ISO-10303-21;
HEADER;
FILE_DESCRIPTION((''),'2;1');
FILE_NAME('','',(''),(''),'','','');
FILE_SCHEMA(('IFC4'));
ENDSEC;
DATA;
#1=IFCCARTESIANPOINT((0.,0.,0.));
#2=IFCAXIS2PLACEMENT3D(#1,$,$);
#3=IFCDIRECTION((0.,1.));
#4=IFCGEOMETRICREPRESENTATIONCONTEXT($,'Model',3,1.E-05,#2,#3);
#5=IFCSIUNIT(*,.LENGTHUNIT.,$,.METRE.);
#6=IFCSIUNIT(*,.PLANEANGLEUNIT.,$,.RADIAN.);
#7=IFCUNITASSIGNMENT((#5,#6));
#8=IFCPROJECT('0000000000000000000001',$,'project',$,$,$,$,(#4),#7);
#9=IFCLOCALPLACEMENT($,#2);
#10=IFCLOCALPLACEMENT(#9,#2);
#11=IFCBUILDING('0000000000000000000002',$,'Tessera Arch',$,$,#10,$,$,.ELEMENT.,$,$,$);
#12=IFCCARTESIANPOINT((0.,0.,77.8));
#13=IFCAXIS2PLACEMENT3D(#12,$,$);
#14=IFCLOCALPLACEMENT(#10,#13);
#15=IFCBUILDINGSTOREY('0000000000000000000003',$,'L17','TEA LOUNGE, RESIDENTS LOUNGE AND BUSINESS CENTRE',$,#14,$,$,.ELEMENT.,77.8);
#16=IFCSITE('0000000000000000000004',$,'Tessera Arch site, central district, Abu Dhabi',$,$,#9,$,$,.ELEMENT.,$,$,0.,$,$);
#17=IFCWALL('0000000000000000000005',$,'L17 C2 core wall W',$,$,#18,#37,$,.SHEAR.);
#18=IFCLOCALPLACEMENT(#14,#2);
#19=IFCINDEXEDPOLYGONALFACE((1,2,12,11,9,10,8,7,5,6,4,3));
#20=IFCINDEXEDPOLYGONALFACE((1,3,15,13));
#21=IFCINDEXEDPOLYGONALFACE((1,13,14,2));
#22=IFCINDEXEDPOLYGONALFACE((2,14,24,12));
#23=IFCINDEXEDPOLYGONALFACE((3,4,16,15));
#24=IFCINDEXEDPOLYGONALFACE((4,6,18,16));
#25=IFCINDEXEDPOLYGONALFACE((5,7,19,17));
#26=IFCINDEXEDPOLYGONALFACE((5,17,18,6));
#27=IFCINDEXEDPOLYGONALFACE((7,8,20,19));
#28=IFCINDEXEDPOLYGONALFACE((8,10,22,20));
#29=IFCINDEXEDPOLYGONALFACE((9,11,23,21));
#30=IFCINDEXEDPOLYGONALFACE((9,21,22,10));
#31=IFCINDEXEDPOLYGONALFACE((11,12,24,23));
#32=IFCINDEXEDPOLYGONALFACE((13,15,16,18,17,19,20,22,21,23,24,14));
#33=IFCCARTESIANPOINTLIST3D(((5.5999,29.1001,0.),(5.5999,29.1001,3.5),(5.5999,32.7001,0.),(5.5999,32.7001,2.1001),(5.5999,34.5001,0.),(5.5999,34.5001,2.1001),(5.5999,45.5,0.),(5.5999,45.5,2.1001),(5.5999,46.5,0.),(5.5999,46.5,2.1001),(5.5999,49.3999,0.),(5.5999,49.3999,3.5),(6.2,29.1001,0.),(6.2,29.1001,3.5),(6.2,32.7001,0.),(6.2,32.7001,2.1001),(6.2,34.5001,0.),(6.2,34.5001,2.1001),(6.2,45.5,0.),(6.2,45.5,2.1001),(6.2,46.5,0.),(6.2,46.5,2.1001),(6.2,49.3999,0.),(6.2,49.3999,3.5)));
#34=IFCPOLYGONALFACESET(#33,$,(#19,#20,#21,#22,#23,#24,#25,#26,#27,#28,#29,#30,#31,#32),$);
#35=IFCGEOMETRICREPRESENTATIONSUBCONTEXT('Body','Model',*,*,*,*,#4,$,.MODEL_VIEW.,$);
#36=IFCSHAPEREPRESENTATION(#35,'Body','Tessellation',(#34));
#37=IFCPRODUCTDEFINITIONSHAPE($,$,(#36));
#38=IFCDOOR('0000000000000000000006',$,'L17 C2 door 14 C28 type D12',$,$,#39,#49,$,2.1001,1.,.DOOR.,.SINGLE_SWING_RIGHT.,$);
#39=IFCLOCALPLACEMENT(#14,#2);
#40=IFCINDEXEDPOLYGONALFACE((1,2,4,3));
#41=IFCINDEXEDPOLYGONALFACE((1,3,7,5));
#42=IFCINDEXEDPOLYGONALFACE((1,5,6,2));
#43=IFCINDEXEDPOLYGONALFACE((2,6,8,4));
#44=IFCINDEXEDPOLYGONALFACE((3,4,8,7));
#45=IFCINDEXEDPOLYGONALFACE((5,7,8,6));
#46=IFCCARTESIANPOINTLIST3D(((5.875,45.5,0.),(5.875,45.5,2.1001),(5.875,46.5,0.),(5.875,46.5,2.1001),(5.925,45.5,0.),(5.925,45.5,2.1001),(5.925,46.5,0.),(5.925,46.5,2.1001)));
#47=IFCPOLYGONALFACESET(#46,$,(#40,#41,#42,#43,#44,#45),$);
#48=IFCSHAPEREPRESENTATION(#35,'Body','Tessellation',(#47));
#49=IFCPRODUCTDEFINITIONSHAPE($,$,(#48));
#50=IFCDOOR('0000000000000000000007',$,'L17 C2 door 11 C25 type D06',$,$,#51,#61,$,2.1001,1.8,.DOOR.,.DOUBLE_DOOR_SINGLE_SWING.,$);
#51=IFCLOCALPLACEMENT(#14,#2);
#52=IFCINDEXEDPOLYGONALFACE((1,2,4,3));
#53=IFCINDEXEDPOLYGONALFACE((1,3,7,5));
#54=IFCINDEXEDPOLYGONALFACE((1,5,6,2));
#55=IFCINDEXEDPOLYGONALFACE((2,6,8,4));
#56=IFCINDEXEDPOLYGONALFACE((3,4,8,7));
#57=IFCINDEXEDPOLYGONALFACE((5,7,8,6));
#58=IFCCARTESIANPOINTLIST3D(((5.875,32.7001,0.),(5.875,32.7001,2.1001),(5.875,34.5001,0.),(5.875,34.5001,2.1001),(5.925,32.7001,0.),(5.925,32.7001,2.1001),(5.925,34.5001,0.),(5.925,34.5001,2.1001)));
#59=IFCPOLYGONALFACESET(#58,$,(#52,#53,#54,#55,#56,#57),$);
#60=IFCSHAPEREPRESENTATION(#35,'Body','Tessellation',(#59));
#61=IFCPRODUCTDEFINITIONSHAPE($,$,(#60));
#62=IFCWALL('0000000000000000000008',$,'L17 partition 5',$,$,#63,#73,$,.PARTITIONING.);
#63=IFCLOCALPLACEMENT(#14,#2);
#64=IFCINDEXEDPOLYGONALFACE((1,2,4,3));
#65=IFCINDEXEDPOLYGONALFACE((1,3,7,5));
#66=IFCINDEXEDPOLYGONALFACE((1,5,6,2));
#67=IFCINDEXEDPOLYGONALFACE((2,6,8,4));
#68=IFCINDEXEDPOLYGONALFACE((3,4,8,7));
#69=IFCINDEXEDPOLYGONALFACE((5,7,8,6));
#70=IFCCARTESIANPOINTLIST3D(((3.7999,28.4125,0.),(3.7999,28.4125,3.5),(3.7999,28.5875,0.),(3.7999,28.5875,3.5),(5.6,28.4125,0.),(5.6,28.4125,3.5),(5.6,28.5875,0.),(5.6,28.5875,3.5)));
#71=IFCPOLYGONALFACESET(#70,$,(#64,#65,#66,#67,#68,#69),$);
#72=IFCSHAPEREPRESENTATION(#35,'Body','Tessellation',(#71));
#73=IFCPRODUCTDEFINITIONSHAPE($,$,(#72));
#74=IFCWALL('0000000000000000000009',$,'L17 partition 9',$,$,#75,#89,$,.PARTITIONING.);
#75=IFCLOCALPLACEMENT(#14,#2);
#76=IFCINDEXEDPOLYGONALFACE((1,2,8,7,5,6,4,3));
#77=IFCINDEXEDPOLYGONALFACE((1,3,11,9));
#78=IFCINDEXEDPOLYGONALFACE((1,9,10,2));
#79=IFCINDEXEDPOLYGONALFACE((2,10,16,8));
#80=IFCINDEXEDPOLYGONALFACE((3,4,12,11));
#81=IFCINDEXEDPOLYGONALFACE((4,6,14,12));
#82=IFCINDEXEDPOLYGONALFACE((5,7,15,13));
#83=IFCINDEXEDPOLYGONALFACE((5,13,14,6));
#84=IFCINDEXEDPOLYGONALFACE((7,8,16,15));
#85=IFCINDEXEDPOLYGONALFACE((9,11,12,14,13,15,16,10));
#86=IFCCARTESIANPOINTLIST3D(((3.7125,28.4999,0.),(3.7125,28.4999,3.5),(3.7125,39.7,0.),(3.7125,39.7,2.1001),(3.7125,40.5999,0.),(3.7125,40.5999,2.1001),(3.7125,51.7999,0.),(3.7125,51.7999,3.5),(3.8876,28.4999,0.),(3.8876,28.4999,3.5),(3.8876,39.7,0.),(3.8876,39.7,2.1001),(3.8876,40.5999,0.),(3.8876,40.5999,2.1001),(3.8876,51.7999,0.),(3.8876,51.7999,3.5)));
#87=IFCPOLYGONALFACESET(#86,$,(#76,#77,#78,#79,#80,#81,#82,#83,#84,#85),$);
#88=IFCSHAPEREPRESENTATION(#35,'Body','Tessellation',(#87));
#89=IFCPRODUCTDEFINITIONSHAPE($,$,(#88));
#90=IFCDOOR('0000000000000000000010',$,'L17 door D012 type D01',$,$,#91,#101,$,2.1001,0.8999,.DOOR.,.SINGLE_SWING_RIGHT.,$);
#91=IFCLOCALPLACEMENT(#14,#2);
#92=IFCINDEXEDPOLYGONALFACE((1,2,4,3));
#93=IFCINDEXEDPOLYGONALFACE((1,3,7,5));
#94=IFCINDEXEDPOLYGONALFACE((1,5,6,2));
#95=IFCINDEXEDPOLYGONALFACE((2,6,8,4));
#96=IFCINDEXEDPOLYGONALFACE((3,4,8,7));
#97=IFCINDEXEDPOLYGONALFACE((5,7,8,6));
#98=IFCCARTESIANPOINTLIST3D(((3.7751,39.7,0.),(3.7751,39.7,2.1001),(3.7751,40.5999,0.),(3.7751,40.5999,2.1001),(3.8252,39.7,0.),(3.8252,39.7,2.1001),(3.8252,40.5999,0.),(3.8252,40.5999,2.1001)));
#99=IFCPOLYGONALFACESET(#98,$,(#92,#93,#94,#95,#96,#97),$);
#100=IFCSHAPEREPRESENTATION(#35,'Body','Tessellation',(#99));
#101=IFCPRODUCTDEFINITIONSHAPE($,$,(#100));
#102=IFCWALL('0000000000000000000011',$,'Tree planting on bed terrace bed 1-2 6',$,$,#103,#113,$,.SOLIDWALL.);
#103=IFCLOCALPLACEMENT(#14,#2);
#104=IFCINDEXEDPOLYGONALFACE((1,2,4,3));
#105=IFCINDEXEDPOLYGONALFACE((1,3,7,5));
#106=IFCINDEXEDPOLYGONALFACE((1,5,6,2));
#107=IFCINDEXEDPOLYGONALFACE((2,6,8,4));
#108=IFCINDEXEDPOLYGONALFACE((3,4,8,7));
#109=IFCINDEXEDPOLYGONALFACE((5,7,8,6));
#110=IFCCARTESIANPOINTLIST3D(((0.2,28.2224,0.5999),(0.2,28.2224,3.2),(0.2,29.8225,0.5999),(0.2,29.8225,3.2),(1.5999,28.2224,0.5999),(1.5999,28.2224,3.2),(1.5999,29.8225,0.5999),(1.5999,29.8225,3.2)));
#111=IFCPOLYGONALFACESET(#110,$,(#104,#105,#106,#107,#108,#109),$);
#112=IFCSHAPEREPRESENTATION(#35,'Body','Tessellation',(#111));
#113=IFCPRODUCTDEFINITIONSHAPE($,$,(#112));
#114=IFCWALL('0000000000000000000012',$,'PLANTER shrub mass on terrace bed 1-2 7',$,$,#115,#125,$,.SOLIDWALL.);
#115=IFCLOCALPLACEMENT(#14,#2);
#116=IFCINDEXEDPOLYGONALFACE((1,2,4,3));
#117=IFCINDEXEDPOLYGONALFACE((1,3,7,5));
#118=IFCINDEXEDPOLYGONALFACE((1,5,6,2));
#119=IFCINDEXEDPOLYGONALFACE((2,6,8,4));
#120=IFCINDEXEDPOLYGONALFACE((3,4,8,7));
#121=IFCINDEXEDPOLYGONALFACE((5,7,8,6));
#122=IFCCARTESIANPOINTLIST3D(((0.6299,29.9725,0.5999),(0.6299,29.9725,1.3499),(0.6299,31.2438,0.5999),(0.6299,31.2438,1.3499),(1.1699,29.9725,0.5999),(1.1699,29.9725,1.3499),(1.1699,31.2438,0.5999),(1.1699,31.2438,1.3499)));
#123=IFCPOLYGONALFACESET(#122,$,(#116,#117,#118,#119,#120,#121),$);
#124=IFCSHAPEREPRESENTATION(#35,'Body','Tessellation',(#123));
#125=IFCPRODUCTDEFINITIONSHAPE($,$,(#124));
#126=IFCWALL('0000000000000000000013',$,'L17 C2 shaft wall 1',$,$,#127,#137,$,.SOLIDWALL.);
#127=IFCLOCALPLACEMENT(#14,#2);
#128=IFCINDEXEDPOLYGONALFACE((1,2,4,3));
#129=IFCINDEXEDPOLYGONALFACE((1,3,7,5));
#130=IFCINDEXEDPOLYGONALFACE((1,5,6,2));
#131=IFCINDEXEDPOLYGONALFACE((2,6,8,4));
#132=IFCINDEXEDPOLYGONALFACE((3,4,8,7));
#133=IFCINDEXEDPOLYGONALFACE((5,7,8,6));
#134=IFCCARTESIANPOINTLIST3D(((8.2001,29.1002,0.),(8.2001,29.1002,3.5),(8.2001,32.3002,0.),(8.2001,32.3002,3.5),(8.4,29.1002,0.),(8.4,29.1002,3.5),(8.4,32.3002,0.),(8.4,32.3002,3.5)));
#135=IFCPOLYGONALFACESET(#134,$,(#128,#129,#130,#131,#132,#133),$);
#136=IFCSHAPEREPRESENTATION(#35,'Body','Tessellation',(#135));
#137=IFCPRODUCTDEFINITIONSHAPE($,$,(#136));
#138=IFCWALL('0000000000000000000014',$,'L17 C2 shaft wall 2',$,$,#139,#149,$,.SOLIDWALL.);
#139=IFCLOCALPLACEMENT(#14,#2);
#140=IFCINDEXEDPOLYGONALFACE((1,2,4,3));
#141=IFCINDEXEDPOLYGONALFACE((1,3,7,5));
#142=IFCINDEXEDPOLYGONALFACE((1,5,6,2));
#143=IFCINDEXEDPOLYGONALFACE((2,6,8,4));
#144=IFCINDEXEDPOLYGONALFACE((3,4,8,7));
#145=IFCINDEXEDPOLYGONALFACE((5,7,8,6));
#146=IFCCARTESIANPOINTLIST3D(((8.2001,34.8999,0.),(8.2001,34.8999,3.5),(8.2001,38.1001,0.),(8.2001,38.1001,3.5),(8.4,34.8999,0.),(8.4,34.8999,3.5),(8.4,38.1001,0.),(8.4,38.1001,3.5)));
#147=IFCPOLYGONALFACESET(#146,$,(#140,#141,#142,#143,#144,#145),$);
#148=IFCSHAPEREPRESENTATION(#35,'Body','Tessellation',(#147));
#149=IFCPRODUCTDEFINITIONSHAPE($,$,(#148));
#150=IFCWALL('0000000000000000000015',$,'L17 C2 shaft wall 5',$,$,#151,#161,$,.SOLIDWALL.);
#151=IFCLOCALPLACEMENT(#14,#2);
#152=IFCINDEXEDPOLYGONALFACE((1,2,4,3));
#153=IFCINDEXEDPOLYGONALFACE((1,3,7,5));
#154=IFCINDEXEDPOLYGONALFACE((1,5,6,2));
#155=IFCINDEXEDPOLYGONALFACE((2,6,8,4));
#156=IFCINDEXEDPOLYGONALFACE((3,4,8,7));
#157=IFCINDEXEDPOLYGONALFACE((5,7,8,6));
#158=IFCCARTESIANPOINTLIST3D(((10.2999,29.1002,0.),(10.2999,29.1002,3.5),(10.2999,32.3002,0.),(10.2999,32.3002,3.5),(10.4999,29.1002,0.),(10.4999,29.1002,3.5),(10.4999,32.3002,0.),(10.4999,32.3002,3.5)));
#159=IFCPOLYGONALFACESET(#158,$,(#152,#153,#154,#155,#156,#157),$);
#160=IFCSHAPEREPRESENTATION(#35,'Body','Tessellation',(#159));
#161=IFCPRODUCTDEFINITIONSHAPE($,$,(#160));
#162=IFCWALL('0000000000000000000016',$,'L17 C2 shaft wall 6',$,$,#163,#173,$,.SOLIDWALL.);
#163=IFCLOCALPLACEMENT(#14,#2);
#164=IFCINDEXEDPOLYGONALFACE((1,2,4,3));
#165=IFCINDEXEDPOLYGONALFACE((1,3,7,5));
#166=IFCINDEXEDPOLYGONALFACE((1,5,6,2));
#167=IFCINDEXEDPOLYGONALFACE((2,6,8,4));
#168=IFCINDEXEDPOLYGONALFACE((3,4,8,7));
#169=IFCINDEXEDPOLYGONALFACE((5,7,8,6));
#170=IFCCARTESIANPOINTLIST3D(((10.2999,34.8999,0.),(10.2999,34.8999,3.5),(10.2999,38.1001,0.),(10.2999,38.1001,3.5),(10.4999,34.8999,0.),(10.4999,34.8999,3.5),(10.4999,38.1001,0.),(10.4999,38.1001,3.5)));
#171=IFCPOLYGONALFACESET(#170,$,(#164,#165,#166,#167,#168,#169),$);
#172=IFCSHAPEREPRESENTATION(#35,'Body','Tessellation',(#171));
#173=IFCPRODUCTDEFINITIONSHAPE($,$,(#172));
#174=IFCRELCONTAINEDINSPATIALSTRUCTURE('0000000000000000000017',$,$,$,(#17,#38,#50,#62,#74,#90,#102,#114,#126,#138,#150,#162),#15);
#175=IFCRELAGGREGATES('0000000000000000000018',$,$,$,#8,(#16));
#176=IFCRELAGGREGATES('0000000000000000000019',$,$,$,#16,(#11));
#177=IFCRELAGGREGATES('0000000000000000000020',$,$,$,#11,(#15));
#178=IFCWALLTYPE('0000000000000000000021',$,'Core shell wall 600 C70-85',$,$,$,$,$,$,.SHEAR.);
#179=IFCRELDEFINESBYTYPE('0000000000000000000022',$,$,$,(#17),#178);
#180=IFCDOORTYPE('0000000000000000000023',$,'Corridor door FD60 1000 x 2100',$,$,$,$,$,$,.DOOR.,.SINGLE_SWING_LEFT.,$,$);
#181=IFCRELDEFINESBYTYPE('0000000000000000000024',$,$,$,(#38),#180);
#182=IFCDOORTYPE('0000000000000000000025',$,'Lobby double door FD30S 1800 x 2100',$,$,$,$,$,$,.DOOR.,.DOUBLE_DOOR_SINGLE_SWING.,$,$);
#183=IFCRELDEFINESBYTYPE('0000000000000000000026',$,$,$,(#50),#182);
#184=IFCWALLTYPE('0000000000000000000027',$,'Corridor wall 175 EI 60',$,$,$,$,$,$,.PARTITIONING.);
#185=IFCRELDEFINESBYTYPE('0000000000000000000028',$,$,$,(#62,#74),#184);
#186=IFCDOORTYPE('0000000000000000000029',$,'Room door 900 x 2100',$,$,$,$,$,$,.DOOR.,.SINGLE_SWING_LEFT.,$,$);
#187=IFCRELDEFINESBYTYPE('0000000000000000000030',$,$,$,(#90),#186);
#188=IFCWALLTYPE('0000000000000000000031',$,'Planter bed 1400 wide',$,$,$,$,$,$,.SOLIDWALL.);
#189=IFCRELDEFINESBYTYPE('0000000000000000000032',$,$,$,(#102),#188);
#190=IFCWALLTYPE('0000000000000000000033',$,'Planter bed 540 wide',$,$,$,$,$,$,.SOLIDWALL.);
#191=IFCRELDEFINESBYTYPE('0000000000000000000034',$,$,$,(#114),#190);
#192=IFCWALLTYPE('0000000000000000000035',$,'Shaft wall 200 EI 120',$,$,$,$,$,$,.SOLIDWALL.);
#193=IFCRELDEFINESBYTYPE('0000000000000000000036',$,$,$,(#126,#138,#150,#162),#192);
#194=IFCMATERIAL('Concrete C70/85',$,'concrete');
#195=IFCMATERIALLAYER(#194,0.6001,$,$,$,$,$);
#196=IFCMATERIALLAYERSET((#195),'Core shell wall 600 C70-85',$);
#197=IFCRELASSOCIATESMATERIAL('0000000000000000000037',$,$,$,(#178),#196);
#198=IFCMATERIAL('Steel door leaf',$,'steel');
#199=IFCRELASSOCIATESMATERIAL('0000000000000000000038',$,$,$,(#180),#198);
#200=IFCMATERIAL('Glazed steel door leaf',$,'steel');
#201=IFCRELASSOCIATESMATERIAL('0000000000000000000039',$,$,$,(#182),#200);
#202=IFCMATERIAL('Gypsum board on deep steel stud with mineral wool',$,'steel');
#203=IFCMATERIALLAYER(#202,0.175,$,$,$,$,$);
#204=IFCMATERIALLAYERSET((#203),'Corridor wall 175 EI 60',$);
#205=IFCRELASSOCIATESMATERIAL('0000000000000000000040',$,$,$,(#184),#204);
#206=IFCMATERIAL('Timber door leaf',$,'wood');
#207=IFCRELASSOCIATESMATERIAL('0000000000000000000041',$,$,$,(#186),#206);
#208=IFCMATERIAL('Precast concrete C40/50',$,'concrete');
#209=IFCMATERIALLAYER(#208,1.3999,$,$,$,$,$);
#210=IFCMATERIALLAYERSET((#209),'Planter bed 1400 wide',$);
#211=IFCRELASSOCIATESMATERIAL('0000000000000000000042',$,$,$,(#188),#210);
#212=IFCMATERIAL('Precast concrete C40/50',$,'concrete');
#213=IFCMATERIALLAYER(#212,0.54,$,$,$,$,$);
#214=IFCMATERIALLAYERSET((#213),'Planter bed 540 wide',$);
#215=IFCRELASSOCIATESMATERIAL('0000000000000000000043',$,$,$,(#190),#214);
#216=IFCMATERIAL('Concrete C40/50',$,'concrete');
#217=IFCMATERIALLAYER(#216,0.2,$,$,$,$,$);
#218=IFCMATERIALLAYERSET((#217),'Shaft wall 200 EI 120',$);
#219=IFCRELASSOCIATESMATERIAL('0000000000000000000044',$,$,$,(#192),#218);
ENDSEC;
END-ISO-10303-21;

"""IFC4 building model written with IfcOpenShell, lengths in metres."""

from ifc_helpers import new_model, si_unit, direction, frame, frame_2d, origin, place, context, subcontext, project, spatial, rectangle, extrude, material, layer, layer_set, type_object, element, fill, save


model = new_model("IFC4")

# Units and contexts
model_context = context("Model", 3, precision=1e-05, world=origin(), true_north=direction((0.0, 1.0)))
body_context = subcontext(model_context, "Body", "Model", "MODEL_VIEW")
ifc_project = project(units=[si_unit("LENGTHUNIT", "METRE"), si_unit("PLANEANGLEUNIT", "RADIAN")], contexts=[model_context])

# Site, building, storey
site_placement = place(None, origin())
site = spatial("IfcSite", under=ifc_project, at=site_placement, Name="Tessera Arch site, central district, Abu Dhabi", CompositionType="ELEMENT", RefElevation=0.0)
building_placement = place(site_placement, origin())
building = spatial("IfcBuilding", under=site, at=building_placement, Name="Tessera Arch", CompositionType="ELEMENT")
storey_placement = place(building_placement, frame((0.0, 0.0, 77.8)))
storey = spatial("IfcBuildingStorey", under=building, at=storey_placement, Name="L17", Description="TEA LOUNGE, RESIDENTS LOUNGE AND BUSINESS CENTRE", CompositionType="ELEMENT", Elevation=77.8)

# Wall, openings, doors
ifc_material_1 = material(Name="Concrete C70/85", Category="concrete")
ifc_layer_1 = layer(ifc_material_1, 0.6001)
ifc_layer_set_1 = layer_set([ifc_layer_1], Name="Core shell wall 600 C70-85")
wall_type_1 = type_object("IfcWallType", Name="Core shell wall 600 C70-85", PredefinedType="SHEAR", material=ifc_layer_set_1)
wall_1_placement = place(storey_placement, frame((5.8999, 29.1001, 0.0), z_axis=(0.0, 0.0, 1.0), x_axis=(0.0, 1.0, 0.0)))
wall_1 = element("IfcWall", 1, at=wall_1_placement, inside=storey, type_object=wall_type_1, Name="L17 C2 core wall W", PredefinedType="SHEAR", context=body_context, shape_type="SweptSolid", body=[
    extrude(rectangle(XDim=20.2998, YDim=0.6001, at=frame_2d((10.1499, 0.0))), origin(), (0.0, 0.0, 1.0), 3.5),
])
opening_1_placement = place(wall_1_placement, frame((3.6001, 0.0, 0.0)))
opening_1 = element("IfcOpeningElement", 2, at=opening_1_placement, cuts=wall_1, PredefinedType="OPENING", context=body_context, shape_type="SweptSolid", body=[
    extrude(rectangle(XDim=1.8, YDim=2.1001, at=frame_2d((0.8999, 1.05))), frame((0.0, 0.3101, 0.0), z_axis=(0.0, -1.0, 0.0), x_axis=(1.0, 0.0, 0.0)), (0.0, 0.0, 1.0), 0.6201),
])
opening_2_placement = place(wall_1_placement, frame((16.3999, 0.0, 0.0)))
opening_2 = element("IfcOpeningElement", 3, at=opening_2_placement, cuts=wall_1, PredefinedType="OPENING", context=body_context, shape_type="SweptSolid", body=[
    extrude(rectangle(XDim=1.0, YDim=2.1001, at=frame_2d((0.5, 1.05))), frame((0.0, 0.3101, 0.0), z_axis=(0.0, -1.0, 0.0), x_axis=(1.0, 0.0, 0.0)), (0.0, 0.0, 1.0), 0.6201),
])
ifc_material_2 = material(Name="Steel door leaf", Category="steel")
door_type_1 = type_object("IfcDoorType", Name="Corridor door FD60 1000 x 2100", OperationType="SINGLE_SWING_LEFT", PredefinedType="DOOR", material=ifc_material_2)
door_1_placement = place(opening_2_placement, origin())
door_1 = element("IfcDoor", 4, at=door_1_placement, inside=storey, type_object=door_type_1, Name="L17 C2 door 14 C28 type D12", OperationType="SINGLE_SWING_RIGHT", OverallHeight=2.1001, OverallWidth=1.0, PredefinedType="DOOR", context=body_context, shape_type="SweptSolid", body=[
    extrude(rectangle(XDim=1.0, YDim=2.1001, at=frame_2d((0.5, 1.05))), frame((0.0, 0.0249, 0.0), z_axis=(0.0, -1.0, 0.0), x_axis=(1.0, 0.0, 0.0)), (0.0, 0.0, 1.0), 0.05),
])
fill(opening_2, door_1)
ifc_material_3 = material(Name="Glazed steel door leaf", Category="steel")
door_type_2 = type_object("IfcDoorType", Name="Lobby double door FD30S 1800 x 2100", OperationType="DOUBLE_DOOR_SINGLE_SWING", PredefinedType="DOOR", material=ifc_material_3)
door_2_placement = place(opening_1_placement, origin())
door_2 = element("IfcDoor", 5, at=door_2_placement, inside=storey, type_object=door_type_2, Name="L17 C2 door 11 C25 type D06", OperationType="DOUBLE_DOOR_SINGLE_SWING", OverallHeight=2.1001, OverallWidth=1.8, PredefinedType="DOOR", context=body_context, shape_type="SweptSolid", body=[
    extrude(rectangle(XDim=1.8, YDim=2.1001, at=frame_2d((0.8999, 1.05))), frame((0.0, 0.0249, 0.0), z_axis=(0.0, -1.0, 0.0), x_axis=(1.0, 0.0, 0.0)), (0.0, 0.0, 1.0), 0.05),
])
fill(opening_1, door_2)

# Wall
ifc_material_4 = material(Name="Gypsum board on deep steel stud with mineral wool", Category="steel")
ifc_layer_2 = layer(ifc_material_4, 0.175)
ifc_layer_set_2 = layer_set([ifc_layer_2], Name="Corridor wall 175 EI 60")
wall_type_2 = type_object("IfcWallType", Name="Corridor wall 175 EI 60", PredefinedType="PARTITIONING", material=ifc_layer_set_2)
wall_2_placement = place(storey_placement, frame((3.8, 28.5, 0.0), z_axis=(0.0, 0.0, 1.0), x_axis=(1.0, 0.0, 0.0)))
element("IfcWall", 6, at=wall_2_placement, inside=storey, type_object=wall_type_2, Name="L17 partition 5", PredefinedType="PARTITIONING", context=body_context, shape_type="SweptSolid", body=[
    extrude(rectangle(XDim=1.8, YDim=0.175, at=frame_2d((0.8999, 0.0))), origin(), (0.0, 0.0, 1.0), 3.5),
])

# Wall, opening, door
wall_3_placement = place(storey_placement, frame((3.8, 28.5, 0.0), z_axis=(0.0, 0.0, 1.0), x_axis=(0.0, 1.0, 0.0)))
wall_3 = element("IfcWall", 7, at=wall_3_placement, inside=storey, type_object=wall_type_2, Name="L17 partition 9", PredefinedType="PARTITIONING", context=body_context, shape_type="SweptSolid", body=[
    extrude(rectangle(XDim=23.3, YDim=0.175, at=frame_2d((11.6499, 0.0))), origin(), (0.0, 0.0, 1.0), 3.5),
])
opening_3_placement = place(wall_3_placement, frame((11.2, 0.0, 0.0)))
opening_3 = element("IfcOpeningElement", 8, at=opening_3_placement, cuts=wall_3, PredefinedType="OPENING", context=body_context, shape_type="SweptSolid", body=[
    extrude(rectangle(XDim=0.8999, YDim=2.1001, at=frame_2d((0.45, 1.05))), frame((0.0, 0.0974, 0.0), z_axis=(0.0, -1.0, 0.0), x_axis=(1.0, 0.0, 0.0)), (0.0, 0.0, 1.0), 0.1951),
])
ifc_material_5 = material(Name="Timber door leaf", Category="wood")
door_type_3 = type_object("IfcDoorType", Name="Room door 900 x 2100", OperationType="SINGLE_SWING_LEFT", PredefinedType="DOOR", material=ifc_material_5)
door_3_placement = place(opening_3_placement, origin())
door_3 = element("IfcDoor", 9, at=door_3_placement, inside=storey, type_object=door_type_3, Name="L17 door D012 type D01", OperationType="SINGLE_SWING_RIGHT", OverallHeight=2.1001, OverallWidth=0.8999, PredefinedType="DOOR", context=body_context, shape_type="SweptSolid", body=[
    extrude(rectangle(XDim=0.8999, YDim=2.1001, at=frame_2d((0.45, 1.05))), frame((0.0, 0.0249, 0.0), z_axis=(0.0, -1.0, 0.0), x_axis=(1.0, 0.0, 0.0)), (0.0, 0.0, 1.0), 0.05),
])
fill(opening_3, door_3)

# Walls
ifc_material_6 = material(Name="Precast concrete C40/50", Category="concrete")
ifc_layer_3 = layer(ifc_material_6, 1.3999)
ifc_layer_set_3 = layer_set([ifc_layer_3], Name="Planter bed 1400 wide")
wall_type_3 = type_object("IfcWallType", Name="Planter bed 1400 wide", PredefinedType="SOLIDWALL", material=ifc_layer_set_3)
wall_4_placement = place(storey_placement, frame((0.8999, 28.2224, 0.5999), z_axis=(0.0, 0.0, 1.0), x_axis=(0.0, 1.0, 0.0)))
element("IfcWall", 10, at=wall_4_placement, inside=storey, type_object=wall_type_3, Name="Tree planting on bed terrace bed 1-2 6", PredefinedType="SOLIDWALL", context=body_context, shape_type="SweptSolid", body=[
    extrude(rectangle(XDim=1.6001, YDim=1.3999, at=frame_2d((0.8, 0.0))), origin(), (0.0, 0.0, 1.0), 2.6001),
])
ifc_material_7 = material(Name="Precast concrete C40/50", Category="concrete")
ifc_layer_4 = layer(ifc_material_7, 0.54)
ifc_layer_set_4 = layer_set([ifc_layer_4], Name="Planter bed 540 wide")
wall_type_4 = type_object("IfcWallType", Name="Planter bed 540 wide", PredefinedType="SOLIDWALL", material=ifc_layer_set_4)
wall_5_placement = place(storey_placement, frame((0.8999, 29.9724, 0.5999), z_axis=(0.0, 0.0, 1.0), x_axis=(0.0, 1.0, 0.0)))
element("IfcWall", 11, at=wall_5_placement, inside=storey, type_object=wall_type_4, Name="PLANTER shrub mass on terrace bed 1-2 7", PredefinedType="SOLIDWALL", context=body_context, shape_type="SweptSolid", body=[
    extrude(rectangle(XDim=1.2712, YDim=0.54, at=frame_2d((0.6357, 0.0))), origin(), (0.0, 0.0, 1.0), 0.75),
])
ifc_material_8 = material(Name="Concrete C40/50", Category="concrete")
ifc_layer_5 = layer(ifc_material_8, 0.2)
ifc_layer_set_5 = layer_set([ifc_layer_5], Name="Shaft wall 200 EI 120")
wall_type_5 = type_object("IfcWallType", Name="Shaft wall 200 EI 120", PredefinedType="SOLIDWALL", material=ifc_layer_set_5)
wall_6_placement = place(storey_placement, frame((8.3, 29.1001, 0.0), z_axis=(0.0, 0.0, 1.0), x_axis=(0.0, 1.0, 0.0)))
element("IfcWall", 12, at=wall_6_placement, inside=storey, type_object=wall_type_5, Name="L17 C2 shaft wall 1", PredefinedType="SOLIDWALL", context=body_context, shape_type="SweptSolid", body=[
    extrude(rectangle(XDim=3.2, YDim=0.2, at=frame_2d((1.6001, 0.0))), origin(), (0.0, 0.0, 1.0), 3.5),
])
wall_7_placement = place(storey_placement, frame((8.3, 34.8999, 0.0), z_axis=(0.0, 0.0, 1.0), x_axis=(0.0, 1.0, 0.0)))
element("IfcWall", 13, at=wall_7_placement, inside=storey, type_object=wall_type_5, Name="L17 C2 shaft wall 2", PredefinedType="SOLIDWALL", context=body_context, shape_type="SweptSolid", body=[
    extrude(rectangle(XDim=3.2002, YDim=0.2, at=frame_2d((1.6001, 0.0))), origin(), (0.0, 0.0, 1.0), 3.5),
])
wall_8_placement = place(storey_placement, frame((10.3999, 29.1001, 0.0), z_axis=(0.0, 0.0, 1.0), x_axis=(0.0, 1.0, 0.0)))
element("IfcWall", 14, at=wall_8_placement, inside=storey, type_object=wall_type_5, Name="L17 C2 shaft wall 5", PredefinedType="SOLIDWALL", context=body_context, shape_type="SweptSolid", body=[
    extrude(rectangle(XDim=3.2, YDim=0.2, at=frame_2d((1.6001, 0.0))), origin(), (0.0, 0.0, 1.0), 3.5),
])
wall_9_placement = place(storey_placement, frame((10.3999, 34.8999, 0.0), z_axis=(0.0, 0.0, 1.0), x_axis=(0.0, 1.0, 0.0)))
element("IfcWall", 15, at=wall_9_placement, inside=storey, type_object=wall_type_5, Name="L17 C2 shaft wall 6", PredefinedType="SOLIDWALL", context=body_context, shape_type="SweptSolid", body=[
    extrude(rectangle(XDim=3.2002, YDim=0.2, at=frame_2d((1.6001, 0.0))), origin(), (0.0, 0.0, 1.0), 3.5),
])

save(model, "model.ifc")
